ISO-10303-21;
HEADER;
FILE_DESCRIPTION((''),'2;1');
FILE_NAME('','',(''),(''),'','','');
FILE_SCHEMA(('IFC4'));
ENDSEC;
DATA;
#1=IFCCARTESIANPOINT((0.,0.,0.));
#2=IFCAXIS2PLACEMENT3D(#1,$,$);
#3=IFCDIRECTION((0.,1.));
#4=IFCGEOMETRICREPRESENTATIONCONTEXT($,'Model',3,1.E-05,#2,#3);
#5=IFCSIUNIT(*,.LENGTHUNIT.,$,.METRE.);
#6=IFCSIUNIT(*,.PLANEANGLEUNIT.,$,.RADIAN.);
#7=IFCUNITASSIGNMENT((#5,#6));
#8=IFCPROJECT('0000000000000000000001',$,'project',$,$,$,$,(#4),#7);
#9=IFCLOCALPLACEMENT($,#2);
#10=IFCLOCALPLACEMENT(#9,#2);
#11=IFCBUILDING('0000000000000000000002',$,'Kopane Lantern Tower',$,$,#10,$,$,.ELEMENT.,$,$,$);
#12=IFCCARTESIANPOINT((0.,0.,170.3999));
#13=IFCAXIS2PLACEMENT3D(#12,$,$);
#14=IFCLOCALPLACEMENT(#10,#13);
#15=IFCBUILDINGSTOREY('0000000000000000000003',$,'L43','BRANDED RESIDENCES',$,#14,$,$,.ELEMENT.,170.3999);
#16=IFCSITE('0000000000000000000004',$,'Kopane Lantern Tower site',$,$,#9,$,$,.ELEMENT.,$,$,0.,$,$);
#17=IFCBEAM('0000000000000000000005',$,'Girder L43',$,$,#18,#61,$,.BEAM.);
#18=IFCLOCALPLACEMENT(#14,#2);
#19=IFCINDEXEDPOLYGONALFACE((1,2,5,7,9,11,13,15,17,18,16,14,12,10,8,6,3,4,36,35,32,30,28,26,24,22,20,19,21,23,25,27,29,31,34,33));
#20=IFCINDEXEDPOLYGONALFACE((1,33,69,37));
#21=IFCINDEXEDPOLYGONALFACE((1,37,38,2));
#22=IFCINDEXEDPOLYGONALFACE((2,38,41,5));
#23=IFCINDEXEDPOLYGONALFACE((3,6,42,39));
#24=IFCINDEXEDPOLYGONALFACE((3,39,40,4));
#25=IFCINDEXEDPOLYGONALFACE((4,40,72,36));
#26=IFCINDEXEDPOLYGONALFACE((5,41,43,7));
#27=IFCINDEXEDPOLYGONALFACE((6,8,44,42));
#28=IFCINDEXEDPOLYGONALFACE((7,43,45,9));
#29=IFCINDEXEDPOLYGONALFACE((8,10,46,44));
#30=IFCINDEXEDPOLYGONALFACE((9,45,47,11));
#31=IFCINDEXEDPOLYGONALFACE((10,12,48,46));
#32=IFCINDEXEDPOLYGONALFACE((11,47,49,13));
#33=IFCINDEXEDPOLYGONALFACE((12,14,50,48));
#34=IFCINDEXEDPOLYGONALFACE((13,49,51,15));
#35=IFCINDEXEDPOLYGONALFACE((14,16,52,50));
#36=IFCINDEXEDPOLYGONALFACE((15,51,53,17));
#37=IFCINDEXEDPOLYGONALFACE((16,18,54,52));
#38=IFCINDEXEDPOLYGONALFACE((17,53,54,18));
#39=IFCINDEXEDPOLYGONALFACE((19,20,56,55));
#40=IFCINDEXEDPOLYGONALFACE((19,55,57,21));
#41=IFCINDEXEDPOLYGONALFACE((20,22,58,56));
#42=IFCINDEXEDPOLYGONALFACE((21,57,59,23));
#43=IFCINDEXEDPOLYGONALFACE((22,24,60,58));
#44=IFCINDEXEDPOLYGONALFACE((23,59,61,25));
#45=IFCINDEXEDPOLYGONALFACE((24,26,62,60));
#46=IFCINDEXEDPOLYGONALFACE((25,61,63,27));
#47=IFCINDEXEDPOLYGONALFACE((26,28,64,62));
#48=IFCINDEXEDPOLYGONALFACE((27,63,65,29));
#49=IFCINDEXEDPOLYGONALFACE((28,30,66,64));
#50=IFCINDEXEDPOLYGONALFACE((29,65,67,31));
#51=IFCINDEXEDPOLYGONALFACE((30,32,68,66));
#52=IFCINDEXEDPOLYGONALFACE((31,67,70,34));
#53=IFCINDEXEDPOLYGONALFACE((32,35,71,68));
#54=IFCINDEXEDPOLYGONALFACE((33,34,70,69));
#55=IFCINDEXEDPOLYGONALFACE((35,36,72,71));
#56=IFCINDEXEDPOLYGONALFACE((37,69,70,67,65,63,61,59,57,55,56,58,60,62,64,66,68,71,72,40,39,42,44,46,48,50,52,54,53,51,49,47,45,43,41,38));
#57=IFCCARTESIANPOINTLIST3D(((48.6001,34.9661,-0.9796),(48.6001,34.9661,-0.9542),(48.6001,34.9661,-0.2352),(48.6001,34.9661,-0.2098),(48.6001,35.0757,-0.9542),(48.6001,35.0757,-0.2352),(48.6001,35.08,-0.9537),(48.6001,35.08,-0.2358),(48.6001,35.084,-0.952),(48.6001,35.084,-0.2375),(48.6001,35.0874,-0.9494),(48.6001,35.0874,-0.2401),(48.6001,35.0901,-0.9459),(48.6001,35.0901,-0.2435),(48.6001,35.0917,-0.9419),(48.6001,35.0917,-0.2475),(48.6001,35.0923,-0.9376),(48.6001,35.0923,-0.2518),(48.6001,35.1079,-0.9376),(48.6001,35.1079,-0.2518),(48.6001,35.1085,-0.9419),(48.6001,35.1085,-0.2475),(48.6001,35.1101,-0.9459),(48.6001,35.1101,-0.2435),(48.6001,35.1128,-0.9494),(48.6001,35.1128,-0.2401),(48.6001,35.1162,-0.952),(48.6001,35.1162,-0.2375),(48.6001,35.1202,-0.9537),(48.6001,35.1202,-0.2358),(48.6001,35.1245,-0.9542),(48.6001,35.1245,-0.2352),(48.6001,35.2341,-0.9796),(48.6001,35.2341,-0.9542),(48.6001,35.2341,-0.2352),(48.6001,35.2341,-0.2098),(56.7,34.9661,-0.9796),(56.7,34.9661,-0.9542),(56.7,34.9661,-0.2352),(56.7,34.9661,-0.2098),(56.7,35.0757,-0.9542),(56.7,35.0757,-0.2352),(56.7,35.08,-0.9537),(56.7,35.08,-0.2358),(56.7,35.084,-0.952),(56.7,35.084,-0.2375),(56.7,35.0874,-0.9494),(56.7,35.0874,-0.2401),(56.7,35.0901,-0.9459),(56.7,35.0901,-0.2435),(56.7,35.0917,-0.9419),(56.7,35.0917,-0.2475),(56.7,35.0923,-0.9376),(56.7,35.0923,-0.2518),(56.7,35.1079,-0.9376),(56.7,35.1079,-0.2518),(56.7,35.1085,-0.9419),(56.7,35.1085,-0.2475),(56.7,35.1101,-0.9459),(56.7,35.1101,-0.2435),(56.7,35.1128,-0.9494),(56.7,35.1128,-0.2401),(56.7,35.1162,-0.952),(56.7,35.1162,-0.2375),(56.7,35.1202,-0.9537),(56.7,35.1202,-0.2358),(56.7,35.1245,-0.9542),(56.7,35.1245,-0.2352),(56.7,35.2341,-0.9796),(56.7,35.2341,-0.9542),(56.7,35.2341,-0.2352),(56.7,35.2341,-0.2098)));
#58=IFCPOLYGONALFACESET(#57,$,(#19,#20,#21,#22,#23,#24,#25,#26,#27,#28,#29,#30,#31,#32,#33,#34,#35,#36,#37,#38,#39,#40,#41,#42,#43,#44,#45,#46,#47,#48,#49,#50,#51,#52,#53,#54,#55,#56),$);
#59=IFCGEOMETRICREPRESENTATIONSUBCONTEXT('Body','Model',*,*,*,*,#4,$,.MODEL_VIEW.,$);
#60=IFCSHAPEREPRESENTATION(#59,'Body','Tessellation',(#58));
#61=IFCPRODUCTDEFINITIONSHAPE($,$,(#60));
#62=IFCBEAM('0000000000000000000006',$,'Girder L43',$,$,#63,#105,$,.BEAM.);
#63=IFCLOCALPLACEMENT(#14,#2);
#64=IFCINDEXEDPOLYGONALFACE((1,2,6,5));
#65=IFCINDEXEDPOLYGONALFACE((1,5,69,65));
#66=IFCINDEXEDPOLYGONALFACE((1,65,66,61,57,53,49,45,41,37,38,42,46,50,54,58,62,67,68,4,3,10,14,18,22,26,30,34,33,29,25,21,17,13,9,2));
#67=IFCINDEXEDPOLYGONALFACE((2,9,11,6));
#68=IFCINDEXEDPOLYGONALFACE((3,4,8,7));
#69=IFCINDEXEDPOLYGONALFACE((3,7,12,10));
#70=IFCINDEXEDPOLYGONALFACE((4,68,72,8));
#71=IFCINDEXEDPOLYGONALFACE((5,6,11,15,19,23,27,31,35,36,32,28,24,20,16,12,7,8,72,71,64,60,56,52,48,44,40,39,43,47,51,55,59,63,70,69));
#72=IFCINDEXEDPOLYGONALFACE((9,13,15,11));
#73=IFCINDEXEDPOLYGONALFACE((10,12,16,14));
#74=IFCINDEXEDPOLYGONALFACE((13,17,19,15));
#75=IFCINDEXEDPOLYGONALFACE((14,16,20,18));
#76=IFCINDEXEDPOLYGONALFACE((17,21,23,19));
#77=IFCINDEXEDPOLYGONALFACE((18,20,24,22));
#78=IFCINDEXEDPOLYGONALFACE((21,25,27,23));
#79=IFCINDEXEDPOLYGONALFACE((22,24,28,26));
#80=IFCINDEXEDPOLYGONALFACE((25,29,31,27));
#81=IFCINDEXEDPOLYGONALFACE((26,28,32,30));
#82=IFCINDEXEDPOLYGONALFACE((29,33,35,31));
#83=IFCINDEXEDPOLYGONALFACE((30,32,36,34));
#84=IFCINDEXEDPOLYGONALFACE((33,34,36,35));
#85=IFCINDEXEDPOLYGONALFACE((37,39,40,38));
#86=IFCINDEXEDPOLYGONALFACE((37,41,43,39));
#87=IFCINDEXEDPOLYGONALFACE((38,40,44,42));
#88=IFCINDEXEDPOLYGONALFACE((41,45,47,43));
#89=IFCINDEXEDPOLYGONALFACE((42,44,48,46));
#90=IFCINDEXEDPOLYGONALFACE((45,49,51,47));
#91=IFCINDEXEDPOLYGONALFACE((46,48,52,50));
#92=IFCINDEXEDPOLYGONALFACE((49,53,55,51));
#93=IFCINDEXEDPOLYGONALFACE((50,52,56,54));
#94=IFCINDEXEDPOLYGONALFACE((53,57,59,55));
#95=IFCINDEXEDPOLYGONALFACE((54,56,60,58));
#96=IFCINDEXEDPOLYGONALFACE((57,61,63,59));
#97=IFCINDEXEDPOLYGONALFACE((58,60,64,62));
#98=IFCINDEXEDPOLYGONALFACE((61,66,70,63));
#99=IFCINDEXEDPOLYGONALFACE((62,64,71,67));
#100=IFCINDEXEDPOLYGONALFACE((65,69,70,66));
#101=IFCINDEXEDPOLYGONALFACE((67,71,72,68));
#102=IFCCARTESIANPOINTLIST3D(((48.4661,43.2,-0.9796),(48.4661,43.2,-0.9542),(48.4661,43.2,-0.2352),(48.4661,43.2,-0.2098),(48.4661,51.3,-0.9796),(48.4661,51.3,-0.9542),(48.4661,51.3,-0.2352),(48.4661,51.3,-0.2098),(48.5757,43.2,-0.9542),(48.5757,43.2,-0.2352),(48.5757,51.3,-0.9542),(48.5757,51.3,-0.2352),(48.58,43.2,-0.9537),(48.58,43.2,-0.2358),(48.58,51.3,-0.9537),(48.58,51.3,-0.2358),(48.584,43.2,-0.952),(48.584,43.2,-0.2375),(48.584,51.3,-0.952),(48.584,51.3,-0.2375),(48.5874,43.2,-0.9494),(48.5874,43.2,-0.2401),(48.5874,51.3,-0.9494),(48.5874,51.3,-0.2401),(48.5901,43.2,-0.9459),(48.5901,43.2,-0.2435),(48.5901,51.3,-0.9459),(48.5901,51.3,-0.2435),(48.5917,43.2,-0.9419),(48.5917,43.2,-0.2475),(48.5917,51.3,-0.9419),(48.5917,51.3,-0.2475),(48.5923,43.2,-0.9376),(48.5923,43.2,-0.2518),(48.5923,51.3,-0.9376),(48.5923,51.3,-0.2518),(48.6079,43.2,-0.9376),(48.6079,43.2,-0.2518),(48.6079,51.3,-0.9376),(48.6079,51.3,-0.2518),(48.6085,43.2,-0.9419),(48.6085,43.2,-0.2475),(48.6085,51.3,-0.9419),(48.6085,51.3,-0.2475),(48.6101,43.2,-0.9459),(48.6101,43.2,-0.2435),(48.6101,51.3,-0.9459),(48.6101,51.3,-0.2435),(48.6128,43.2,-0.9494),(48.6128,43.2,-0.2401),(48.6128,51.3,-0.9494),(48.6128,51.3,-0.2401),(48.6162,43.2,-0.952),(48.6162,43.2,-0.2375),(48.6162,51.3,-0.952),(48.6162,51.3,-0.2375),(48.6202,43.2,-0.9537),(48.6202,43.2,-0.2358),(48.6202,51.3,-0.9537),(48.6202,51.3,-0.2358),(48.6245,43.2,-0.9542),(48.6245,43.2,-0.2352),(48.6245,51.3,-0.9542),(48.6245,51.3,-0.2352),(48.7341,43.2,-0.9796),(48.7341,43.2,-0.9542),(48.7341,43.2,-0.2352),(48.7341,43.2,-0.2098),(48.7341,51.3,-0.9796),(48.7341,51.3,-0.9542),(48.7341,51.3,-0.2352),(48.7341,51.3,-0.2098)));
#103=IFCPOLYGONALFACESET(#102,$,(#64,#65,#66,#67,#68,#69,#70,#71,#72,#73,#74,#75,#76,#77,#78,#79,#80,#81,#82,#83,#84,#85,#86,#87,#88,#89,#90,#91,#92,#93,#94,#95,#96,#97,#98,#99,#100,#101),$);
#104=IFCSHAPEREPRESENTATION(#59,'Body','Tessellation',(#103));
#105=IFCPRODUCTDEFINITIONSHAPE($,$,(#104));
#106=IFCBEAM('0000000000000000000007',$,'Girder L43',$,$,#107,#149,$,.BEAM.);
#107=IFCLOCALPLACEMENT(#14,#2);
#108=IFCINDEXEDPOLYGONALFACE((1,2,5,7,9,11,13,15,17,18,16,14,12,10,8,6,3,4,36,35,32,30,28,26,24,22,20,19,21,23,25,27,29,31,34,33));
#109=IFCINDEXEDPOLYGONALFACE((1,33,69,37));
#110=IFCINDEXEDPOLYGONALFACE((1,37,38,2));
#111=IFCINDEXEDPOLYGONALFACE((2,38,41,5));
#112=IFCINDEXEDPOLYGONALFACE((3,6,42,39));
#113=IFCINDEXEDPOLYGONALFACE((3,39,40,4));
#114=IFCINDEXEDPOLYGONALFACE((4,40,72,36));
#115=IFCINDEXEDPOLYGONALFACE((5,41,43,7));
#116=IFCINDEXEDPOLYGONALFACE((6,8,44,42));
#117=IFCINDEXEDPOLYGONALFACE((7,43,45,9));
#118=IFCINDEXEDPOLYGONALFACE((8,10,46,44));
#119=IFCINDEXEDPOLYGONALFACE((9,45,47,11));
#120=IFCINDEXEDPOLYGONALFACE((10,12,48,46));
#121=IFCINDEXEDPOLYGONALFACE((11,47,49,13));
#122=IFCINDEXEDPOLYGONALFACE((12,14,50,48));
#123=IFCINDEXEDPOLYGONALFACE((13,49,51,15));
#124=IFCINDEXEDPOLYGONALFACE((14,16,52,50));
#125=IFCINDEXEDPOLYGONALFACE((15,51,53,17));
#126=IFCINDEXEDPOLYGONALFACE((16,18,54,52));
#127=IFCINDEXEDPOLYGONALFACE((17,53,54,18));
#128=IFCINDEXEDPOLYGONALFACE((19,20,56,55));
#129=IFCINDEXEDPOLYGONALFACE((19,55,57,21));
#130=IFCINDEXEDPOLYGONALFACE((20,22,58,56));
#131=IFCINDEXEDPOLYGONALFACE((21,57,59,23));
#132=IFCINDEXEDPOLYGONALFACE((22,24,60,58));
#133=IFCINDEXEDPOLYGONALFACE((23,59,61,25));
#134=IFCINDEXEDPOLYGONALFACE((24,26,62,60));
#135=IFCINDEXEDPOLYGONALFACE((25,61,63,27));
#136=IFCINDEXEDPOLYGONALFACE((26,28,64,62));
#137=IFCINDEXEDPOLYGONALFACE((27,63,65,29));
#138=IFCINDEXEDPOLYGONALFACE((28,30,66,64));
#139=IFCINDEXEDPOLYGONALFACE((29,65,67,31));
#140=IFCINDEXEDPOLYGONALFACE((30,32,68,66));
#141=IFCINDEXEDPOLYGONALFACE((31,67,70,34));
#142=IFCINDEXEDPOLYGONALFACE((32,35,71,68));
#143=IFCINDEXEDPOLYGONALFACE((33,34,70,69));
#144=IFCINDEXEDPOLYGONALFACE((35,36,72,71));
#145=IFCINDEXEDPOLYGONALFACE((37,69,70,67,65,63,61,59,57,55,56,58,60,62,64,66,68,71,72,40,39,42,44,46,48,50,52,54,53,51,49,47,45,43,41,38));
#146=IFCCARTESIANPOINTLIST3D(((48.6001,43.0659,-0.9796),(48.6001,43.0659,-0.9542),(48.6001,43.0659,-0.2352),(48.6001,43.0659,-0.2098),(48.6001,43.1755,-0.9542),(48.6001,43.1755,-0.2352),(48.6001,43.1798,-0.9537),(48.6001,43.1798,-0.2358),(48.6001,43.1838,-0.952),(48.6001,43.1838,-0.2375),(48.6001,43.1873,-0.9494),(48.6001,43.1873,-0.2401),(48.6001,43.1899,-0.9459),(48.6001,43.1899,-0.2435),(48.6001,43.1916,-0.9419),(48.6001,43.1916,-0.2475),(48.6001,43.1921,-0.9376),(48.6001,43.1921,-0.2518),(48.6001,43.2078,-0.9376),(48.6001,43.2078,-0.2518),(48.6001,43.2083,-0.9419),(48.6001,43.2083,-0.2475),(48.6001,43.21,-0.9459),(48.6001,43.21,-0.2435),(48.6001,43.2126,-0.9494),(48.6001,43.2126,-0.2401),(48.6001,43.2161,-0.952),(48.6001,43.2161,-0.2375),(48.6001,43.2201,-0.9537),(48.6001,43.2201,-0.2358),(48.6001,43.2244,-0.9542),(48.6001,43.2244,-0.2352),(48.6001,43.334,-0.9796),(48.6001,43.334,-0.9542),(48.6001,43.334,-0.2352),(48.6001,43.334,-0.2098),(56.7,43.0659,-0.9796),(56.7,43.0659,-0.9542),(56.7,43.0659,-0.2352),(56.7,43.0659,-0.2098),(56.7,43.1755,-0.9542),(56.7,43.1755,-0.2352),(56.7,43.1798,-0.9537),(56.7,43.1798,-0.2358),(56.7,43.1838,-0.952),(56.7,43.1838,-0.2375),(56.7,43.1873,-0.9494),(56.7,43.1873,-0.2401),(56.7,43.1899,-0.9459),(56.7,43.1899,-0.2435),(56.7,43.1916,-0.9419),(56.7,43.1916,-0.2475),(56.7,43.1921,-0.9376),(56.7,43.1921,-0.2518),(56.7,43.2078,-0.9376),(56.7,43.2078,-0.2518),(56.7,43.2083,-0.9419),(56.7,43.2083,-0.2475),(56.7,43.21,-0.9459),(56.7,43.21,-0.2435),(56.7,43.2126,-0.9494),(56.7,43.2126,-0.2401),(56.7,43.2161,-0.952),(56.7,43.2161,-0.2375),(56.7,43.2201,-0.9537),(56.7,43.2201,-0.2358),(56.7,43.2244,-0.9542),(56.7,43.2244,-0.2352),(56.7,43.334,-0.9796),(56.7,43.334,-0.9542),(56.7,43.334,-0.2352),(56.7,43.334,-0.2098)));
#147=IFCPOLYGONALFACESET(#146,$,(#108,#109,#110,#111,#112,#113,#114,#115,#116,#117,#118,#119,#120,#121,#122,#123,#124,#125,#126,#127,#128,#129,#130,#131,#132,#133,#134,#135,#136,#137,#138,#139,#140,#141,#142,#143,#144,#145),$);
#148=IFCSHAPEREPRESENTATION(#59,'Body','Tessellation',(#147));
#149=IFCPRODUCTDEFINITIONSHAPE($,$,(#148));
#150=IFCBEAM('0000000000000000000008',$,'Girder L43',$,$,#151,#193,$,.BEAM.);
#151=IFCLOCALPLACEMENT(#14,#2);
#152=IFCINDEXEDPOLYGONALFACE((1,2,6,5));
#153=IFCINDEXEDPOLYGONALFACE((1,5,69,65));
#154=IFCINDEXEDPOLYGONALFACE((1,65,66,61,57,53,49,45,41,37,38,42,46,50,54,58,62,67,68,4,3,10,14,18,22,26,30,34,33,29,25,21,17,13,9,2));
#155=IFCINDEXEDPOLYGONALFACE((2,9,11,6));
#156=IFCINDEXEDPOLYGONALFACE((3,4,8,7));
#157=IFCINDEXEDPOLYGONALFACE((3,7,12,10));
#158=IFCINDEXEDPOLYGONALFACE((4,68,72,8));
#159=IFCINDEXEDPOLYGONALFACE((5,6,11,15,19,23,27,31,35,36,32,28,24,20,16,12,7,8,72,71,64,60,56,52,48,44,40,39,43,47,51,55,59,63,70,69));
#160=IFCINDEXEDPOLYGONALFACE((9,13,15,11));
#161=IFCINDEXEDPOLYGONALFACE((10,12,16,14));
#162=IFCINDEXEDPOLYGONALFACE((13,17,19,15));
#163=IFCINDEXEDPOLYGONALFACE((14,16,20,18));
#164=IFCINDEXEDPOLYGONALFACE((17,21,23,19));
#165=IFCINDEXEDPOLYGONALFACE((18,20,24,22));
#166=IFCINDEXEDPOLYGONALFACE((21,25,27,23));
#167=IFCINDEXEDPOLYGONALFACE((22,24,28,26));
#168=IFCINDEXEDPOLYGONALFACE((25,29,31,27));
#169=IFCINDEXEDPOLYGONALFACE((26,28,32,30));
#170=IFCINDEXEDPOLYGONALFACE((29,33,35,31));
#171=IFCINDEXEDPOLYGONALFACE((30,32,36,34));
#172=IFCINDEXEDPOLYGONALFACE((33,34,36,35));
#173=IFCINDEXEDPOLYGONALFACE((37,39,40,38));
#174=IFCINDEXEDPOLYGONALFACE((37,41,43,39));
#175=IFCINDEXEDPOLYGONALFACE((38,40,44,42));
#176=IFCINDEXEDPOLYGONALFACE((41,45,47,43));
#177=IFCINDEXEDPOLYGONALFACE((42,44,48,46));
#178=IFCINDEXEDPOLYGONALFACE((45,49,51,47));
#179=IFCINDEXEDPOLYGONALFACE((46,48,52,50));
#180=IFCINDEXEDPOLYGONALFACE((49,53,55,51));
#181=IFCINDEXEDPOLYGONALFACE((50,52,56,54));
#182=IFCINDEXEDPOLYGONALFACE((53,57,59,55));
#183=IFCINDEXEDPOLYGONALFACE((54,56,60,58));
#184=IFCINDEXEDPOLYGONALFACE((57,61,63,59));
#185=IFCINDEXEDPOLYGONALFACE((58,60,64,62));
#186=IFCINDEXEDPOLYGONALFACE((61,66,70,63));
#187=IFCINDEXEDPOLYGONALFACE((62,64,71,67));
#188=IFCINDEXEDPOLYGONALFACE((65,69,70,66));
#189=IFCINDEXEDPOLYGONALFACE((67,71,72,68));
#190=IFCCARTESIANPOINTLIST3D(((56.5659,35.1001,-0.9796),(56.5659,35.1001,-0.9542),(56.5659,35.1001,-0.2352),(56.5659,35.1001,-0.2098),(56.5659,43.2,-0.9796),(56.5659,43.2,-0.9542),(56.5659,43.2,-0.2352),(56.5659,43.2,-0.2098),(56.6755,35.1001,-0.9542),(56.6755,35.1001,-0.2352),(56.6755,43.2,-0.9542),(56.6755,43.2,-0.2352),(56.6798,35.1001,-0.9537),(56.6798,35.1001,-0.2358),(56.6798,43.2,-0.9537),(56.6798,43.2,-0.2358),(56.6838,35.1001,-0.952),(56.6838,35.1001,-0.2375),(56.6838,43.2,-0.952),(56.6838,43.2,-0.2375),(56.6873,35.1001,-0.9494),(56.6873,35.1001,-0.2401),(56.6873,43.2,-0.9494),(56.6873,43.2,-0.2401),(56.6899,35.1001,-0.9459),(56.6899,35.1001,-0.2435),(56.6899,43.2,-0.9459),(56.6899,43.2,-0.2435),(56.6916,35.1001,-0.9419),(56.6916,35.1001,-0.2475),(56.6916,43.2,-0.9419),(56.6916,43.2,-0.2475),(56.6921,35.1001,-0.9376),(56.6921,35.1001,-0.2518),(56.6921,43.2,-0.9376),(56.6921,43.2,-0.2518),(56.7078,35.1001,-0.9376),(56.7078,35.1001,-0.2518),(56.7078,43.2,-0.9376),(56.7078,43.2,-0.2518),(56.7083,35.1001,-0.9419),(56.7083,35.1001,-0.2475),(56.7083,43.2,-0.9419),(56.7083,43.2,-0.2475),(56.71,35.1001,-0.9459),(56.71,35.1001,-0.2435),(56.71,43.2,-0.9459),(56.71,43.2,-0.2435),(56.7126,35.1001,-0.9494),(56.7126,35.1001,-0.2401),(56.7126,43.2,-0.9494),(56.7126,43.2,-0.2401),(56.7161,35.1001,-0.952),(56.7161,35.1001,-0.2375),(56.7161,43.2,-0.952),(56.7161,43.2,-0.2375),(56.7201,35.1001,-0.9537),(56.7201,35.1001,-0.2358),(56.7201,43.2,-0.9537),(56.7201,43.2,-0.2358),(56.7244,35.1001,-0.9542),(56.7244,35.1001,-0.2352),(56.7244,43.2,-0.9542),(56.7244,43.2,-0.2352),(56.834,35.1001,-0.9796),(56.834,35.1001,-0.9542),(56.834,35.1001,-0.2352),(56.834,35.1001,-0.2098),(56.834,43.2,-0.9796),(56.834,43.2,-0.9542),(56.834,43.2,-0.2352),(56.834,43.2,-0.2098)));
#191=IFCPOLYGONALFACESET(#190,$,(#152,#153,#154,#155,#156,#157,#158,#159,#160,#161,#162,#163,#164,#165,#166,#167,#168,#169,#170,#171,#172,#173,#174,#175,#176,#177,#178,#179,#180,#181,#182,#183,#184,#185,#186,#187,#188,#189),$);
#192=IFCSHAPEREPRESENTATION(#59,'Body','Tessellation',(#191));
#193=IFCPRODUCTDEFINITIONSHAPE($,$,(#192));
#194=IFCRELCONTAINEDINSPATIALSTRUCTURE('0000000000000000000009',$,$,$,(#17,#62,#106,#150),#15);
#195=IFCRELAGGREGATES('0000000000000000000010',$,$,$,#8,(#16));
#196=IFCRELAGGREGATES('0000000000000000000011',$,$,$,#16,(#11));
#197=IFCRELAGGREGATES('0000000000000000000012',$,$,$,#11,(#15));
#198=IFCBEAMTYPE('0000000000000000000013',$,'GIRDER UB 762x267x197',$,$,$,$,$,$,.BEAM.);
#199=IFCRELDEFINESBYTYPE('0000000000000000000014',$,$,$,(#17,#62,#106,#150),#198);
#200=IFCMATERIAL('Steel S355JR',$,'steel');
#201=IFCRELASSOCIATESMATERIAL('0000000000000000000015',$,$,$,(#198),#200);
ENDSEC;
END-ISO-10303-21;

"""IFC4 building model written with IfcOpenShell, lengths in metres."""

from ifc_helpers import new_model, si_unit, direction, frame, origin, origin_2d, place, context, subcontext, project, spatial, i_section, extrude, material, material_profile, profile_set, type_object, element, save


model = new_model("IFC4")

# Units and contexts
model_context = context("Model", 3, precision=1e-05, world=origin(), true_north=direction((0.0, 1.0)))
body_context = subcontext(model_context, "Body", "Model", "MODEL_VIEW")
ifc_project = project(units=[si_unit("LENGTHUNIT", "METRE"), si_unit("PLANEANGLEUNIT", "RADIAN")], contexts=[model_context])

# Site, building, storey
site_placement = place(None, origin())
site = spatial("IfcSite", under=ifc_project, at=site_placement, Name="Kopane Lantern Tower site", CompositionType="ELEMENT", RefElevation=0.0)
building_placement = place(site_placement, origin())
building = spatial("IfcBuilding", under=site, at=building_placement, Name="Kopane Lantern Tower", CompositionType="ELEMENT")
storey_placement = place(building_placement, frame((0.0, 0.0, 170.3999)))
storey = spatial("IfcBuildingStorey", under=building, at=storey_placement, Name="L43", Description="BRANDED RESIDENCES", CompositionType="ELEMENT", Elevation=170.3999)

# Beams
ifc_material_1 = material(Name="Steel S355JR", Category="steel")
ifc_material_profile_1 = material_profile(ifc_material_1, i_section(OverallWidth=0.2681, OverallDepth=0.7698, WebThickness=0.0156, FlangeThickness=0.0254, FilletRadius=0.0166, at=origin_2d()), Name="UB 762x267x197")
ifc_profile_set_1 = profile_set([ifc_material_profile_1], Name="Steel S355JR")
beam_type = type_object("IfcBeamType", Name="GIRDER UB 762x267x197", PredefinedType="BEAM", material=ifc_profile_set_1)
for number, where, z_axis, x_axis, name in (
    (1, (48.6001, 35.1001, -0.5947), (1.0, 0.0, 0.0), (0.0, 1.0, 0.0), "Girder L43"),
):
    element("IfcBeam", number, at=place(storey_placement, frame(where, z_axis=z_axis, x_axis=x_axis)), inside=storey, type_object=beam_type, Name=name, PredefinedType="BEAM", context=body_context, shape_type="SweptSolid", body=[
        extrude(i_section(OverallWidth=0.2681, OverallDepth=0.7698, WebThickness=0.0156, FlangeThickness=0.0254, FilletRadius=0.0166, at=origin_2d()), origin(), (0.0, 0.0, 1.0), 8.0999),
    ])
beam_1_placement = place(storey_placement, frame((48.6001, 43.2, -0.5947), z_axis=(0.0, 1.0, 0.0), x_axis=(-1.0, 0.0, 0.0)))
element("IfcBeam", 2, at=beam_1_placement, inside=storey, type_object=beam_type, Name="Girder L43", PredefinedType="BEAM", context=body_context, shape_type="SweptSolid", body=[
    extrude(i_section(OverallWidth=0.2681, OverallDepth=0.7698, WebThickness=0.0156, FlangeThickness=0.0254, FilletRadius=0.0166, at=origin_2d()), origin(), (0.0, 0.0, 1.0), 8.1001),
])
for number, where, z_axis, x_axis, name in (
    (3, (48.6001, 43.2, -0.5947), (1.0, 0.0, 0.0), (0.0, 1.0, 0.0), "Girder L43"),
    (4, (56.7, 35.1001, -0.5947), (0.0, 1.0, 0.0), (-1.0, 0.0, 0.0), "Girder L43"),
):
    element("IfcBeam", number, at=place(storey_placement, frame(where, z_axis=z_axis, x_axis=x_axis)), inside=storey, type_object=beam_type, Name=name, PredefinedType="BEAM", context=body_context, shape_type="SweptSolid", body=[
        extrude(i_section(OverallWidth=0.2681, OverallDepth=0.7698, WebThickness=0.0156, FlangeThickness=0.0254, FilletRadius=0.0166, at=origin_2d()), origin(), (0.0, 0.0, 1.0), 8.0999),
    ])

save(model, "model.ifc")
